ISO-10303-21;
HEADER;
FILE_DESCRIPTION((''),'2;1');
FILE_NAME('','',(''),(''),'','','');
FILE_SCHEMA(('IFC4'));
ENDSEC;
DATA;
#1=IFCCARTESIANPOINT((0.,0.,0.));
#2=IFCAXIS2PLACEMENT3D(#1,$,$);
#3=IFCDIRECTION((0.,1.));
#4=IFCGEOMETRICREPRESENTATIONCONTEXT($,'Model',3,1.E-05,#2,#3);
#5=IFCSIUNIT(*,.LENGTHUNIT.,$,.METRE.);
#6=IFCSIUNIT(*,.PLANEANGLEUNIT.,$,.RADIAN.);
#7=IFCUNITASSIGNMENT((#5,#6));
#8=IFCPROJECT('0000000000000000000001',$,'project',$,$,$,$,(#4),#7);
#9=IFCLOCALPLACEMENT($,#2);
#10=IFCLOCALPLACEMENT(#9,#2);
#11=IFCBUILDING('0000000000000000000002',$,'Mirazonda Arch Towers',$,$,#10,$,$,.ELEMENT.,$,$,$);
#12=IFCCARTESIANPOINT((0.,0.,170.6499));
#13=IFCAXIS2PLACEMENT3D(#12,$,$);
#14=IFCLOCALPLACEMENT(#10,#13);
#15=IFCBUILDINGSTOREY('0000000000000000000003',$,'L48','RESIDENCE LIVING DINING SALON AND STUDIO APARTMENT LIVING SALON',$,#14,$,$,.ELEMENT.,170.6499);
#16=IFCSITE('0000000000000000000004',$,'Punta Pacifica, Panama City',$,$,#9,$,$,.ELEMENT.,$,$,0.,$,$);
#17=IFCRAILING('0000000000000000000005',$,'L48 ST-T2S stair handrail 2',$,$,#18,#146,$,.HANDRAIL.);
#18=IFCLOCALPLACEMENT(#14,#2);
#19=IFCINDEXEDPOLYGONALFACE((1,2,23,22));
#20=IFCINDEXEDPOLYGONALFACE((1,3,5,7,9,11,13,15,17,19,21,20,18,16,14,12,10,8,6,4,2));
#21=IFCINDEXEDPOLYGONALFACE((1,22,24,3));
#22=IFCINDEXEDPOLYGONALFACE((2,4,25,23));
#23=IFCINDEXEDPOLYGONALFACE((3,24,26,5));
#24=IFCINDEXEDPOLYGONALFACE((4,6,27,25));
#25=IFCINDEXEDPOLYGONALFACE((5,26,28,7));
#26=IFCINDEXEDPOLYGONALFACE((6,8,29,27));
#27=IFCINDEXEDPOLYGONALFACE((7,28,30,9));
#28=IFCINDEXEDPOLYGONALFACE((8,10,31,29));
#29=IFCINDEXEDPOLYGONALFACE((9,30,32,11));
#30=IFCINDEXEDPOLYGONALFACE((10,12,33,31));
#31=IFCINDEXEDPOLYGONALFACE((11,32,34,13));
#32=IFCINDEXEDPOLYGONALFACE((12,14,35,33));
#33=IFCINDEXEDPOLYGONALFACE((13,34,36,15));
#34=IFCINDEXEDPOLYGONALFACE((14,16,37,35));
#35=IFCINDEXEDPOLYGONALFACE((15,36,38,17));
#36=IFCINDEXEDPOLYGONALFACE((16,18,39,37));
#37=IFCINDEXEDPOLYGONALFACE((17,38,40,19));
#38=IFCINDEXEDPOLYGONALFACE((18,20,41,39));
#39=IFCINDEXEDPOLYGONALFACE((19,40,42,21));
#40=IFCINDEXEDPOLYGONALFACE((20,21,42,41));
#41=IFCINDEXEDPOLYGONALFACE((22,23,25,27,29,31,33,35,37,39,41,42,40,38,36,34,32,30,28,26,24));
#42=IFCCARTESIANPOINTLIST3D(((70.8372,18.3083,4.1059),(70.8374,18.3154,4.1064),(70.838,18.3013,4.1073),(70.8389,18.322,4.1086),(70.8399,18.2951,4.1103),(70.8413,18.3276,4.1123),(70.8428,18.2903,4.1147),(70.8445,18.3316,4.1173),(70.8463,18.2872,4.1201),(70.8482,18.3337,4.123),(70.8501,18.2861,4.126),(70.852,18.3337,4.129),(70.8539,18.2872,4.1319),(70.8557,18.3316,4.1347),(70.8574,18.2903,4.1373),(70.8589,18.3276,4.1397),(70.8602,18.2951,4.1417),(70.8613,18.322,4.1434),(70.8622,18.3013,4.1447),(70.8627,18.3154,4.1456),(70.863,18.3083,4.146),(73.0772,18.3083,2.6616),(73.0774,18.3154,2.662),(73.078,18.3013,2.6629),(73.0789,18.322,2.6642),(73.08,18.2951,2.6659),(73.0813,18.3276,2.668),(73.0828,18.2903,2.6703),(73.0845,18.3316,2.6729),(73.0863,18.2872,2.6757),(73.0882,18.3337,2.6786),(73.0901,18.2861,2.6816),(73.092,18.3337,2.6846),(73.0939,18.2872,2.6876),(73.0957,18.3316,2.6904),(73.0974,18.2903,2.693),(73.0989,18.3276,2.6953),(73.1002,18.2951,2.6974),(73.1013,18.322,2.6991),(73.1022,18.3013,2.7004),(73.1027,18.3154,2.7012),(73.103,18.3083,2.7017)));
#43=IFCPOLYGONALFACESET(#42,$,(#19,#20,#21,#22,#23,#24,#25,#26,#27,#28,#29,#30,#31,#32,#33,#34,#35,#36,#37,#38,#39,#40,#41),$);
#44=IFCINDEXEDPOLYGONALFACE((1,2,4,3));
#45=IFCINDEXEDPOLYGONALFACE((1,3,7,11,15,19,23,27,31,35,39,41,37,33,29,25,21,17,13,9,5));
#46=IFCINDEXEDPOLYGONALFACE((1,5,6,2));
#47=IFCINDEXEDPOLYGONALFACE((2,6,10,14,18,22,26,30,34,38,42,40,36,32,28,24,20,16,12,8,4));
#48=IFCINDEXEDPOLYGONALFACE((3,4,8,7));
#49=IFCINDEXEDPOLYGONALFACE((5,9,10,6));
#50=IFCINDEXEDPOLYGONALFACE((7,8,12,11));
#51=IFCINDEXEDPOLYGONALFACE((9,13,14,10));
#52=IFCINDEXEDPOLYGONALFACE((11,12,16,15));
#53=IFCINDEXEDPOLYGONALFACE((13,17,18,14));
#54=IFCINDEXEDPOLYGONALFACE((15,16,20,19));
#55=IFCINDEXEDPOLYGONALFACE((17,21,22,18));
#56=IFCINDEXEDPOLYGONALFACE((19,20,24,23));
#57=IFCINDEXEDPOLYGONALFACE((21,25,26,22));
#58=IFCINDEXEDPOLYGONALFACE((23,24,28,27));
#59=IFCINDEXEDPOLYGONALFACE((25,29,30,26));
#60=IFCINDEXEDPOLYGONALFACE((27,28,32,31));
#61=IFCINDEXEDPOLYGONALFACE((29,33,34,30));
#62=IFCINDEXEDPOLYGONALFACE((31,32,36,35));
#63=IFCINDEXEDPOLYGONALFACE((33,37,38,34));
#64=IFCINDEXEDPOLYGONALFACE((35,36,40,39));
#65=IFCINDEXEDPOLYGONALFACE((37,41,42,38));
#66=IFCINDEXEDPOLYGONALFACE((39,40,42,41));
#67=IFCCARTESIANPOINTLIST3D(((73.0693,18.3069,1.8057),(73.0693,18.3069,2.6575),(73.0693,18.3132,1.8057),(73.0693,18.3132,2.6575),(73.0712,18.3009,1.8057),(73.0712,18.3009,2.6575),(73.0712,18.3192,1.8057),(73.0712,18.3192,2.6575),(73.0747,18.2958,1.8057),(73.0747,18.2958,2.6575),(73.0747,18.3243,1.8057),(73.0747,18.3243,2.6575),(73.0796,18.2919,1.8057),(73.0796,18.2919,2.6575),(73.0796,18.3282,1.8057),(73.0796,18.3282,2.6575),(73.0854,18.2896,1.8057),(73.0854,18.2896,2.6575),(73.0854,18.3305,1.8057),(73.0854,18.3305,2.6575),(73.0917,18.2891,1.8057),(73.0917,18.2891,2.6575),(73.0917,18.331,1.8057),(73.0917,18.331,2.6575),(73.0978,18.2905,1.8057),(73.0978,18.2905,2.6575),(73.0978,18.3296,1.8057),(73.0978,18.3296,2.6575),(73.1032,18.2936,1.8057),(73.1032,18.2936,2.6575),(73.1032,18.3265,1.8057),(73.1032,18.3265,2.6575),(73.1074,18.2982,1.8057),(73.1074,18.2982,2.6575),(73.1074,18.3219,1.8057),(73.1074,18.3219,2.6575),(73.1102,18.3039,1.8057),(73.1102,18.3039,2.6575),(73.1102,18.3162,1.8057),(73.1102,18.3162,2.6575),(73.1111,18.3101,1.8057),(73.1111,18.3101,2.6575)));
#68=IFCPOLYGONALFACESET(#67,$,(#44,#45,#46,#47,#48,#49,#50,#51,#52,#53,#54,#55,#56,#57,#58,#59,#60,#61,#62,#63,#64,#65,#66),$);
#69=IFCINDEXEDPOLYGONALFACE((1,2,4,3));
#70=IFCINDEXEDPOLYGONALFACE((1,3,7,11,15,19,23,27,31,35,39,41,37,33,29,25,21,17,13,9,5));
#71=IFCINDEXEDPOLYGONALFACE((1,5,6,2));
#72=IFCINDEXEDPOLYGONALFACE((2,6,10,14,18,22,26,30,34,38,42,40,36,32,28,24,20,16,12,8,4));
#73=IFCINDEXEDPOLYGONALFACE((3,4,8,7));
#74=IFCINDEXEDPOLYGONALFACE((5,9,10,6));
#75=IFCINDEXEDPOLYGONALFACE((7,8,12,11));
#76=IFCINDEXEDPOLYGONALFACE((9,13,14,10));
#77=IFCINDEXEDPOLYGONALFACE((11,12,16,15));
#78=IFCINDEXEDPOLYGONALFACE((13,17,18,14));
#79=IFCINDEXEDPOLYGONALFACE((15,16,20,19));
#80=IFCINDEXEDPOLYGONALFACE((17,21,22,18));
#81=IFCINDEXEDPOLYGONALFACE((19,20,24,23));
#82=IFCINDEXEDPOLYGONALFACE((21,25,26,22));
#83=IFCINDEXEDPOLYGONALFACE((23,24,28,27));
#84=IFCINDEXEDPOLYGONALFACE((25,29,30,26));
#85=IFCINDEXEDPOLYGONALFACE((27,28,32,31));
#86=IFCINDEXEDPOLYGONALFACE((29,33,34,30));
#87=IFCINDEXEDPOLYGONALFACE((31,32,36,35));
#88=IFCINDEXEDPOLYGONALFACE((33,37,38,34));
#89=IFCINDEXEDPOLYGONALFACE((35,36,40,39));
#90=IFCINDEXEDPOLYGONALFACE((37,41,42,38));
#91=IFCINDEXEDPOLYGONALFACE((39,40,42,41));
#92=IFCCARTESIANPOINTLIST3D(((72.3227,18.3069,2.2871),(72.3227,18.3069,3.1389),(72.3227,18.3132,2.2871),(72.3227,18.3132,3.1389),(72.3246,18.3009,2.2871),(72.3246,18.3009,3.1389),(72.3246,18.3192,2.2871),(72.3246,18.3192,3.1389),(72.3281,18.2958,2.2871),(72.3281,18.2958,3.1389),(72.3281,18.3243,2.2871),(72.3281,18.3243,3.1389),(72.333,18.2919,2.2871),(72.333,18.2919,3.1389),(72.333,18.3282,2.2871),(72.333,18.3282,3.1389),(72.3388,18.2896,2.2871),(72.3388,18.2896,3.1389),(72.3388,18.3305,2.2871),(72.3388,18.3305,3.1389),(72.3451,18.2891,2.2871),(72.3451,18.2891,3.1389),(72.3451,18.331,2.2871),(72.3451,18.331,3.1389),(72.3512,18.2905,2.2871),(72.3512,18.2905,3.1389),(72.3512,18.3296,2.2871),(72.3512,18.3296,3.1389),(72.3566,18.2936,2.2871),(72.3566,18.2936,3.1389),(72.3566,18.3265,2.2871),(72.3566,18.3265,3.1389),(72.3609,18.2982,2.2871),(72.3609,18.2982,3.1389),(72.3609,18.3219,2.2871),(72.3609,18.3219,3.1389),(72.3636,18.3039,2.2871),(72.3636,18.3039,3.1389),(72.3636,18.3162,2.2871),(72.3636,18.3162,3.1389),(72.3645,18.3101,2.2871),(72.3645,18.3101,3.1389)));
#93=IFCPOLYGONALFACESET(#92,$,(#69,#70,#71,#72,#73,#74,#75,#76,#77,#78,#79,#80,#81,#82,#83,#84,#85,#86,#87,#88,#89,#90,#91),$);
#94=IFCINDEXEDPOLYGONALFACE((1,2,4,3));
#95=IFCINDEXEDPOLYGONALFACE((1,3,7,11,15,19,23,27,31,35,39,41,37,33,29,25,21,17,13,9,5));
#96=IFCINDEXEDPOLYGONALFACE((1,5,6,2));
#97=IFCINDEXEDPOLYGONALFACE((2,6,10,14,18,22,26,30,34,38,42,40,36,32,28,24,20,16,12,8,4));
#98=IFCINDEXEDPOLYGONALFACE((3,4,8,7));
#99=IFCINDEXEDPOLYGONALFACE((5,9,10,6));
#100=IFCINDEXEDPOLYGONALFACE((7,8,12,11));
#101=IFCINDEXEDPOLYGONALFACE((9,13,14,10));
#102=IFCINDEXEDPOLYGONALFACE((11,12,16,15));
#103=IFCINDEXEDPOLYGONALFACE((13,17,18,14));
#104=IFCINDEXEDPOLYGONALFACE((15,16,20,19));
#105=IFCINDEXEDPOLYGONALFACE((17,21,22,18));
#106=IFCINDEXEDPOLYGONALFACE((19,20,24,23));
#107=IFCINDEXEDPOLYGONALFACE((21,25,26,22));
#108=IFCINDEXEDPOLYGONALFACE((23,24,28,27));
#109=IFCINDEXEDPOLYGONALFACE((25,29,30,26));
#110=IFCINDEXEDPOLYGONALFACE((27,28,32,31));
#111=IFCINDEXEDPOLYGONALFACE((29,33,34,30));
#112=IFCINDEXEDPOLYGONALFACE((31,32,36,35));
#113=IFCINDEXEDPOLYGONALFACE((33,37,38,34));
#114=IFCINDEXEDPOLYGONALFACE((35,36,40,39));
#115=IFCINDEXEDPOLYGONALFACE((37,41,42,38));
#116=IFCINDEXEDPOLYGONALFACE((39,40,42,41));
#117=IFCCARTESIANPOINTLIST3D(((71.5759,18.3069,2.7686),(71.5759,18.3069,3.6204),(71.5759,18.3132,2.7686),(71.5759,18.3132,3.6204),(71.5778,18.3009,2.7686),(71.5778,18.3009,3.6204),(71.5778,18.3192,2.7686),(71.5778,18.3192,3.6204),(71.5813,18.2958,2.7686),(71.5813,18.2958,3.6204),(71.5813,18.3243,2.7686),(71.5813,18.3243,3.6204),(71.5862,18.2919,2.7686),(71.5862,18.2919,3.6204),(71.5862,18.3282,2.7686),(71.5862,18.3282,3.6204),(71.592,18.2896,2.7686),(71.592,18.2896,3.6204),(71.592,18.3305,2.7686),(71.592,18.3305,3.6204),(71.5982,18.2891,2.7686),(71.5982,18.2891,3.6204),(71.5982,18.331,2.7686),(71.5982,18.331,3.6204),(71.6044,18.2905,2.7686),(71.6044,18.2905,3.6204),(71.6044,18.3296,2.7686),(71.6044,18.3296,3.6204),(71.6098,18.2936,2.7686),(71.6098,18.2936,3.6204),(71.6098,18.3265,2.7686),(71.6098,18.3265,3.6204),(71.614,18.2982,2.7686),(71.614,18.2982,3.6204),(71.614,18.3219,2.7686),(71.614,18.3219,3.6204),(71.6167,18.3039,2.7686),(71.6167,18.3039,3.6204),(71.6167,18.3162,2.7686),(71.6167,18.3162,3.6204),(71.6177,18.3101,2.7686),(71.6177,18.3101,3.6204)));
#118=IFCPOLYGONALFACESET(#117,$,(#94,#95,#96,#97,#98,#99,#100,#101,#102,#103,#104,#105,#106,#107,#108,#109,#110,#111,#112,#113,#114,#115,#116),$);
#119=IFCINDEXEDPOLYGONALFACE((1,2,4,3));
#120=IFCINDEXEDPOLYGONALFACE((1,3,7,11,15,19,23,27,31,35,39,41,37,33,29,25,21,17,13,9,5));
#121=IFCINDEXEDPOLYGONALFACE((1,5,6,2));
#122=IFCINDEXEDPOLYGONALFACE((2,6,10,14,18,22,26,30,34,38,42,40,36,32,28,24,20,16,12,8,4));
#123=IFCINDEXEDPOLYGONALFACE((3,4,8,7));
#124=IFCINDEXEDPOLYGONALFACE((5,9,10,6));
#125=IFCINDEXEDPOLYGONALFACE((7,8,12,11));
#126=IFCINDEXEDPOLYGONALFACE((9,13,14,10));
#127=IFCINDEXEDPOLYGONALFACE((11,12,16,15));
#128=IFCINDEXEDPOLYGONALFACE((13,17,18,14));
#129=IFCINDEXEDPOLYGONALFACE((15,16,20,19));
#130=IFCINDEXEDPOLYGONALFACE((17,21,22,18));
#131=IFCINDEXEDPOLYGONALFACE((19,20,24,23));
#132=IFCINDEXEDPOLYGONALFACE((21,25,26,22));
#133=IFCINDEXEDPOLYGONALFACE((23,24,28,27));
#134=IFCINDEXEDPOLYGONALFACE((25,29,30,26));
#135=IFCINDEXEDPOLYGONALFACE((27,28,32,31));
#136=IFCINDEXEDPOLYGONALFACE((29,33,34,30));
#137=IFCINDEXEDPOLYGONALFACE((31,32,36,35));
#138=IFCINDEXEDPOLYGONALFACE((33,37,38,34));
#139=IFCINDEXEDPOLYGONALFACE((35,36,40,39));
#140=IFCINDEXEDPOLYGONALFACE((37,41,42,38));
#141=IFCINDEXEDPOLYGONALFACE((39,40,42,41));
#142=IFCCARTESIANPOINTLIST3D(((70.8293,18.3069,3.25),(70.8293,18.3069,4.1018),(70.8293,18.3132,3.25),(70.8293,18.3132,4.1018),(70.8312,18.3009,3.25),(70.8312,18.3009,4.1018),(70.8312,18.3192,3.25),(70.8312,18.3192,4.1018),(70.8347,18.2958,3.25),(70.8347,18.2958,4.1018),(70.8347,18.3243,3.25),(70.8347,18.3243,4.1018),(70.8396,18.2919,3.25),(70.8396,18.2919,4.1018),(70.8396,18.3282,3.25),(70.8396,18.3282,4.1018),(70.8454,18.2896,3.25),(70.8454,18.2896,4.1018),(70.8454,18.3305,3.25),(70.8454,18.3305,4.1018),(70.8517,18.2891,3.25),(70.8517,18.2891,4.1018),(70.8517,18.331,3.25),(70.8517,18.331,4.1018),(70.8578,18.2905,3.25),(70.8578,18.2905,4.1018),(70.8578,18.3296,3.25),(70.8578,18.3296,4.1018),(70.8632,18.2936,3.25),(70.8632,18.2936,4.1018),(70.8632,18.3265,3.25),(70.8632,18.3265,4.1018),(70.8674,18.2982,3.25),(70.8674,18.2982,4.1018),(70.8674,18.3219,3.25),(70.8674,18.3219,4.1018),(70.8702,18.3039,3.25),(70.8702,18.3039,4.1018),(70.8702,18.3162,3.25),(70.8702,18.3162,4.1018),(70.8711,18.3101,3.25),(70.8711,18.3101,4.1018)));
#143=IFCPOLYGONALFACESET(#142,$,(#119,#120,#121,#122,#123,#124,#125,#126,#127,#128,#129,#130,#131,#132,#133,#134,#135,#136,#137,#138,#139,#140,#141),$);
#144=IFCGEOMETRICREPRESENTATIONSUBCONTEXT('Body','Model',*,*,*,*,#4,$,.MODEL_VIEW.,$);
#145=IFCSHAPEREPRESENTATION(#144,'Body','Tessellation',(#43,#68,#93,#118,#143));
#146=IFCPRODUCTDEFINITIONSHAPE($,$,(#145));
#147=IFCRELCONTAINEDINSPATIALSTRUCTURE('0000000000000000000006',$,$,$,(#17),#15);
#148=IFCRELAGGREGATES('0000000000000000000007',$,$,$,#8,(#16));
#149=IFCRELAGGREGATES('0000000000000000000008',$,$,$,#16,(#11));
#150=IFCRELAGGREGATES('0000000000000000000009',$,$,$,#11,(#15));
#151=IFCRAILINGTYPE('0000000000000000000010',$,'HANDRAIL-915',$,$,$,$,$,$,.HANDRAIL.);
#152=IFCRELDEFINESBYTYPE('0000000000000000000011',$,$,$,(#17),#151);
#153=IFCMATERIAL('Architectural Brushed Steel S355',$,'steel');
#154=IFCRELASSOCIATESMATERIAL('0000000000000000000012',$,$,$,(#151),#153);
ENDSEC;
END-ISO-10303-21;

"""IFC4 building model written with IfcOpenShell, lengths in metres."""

from ifc_helpers import new_model, si_unit, direction, frame, origin, origin_2d, place, context, subcontext, project, spatial, circle, extrude, material, type_object, element, save


model = new_model("IFC4")

# Units and contexts
model_context = context("Model", 3, precision=1e-05, world=origin(), true_north=direction((0.0, 1.0)))
body_context = subcontext(model_context, "Body", "Model", "MODEL_VIEW")
ifc_project = project(units=[si_unit("LENGTHUNIT", "METRE"), si_unit("PLANEANGLEUNIT", "RADIAN")], contexts=[model_context])

# Site, building, storey
site_placement = place(None, origin())
site = spatial("IfcSite", under=ifc_project, at=site_placement, Name="Punta Pacifica, Panama City", CompositionType="ELEMENT", RefElevation=0.0)
building_placement = place(site_placement, origin())
building = spatial("IfcBuilding", under=site, at=building_placement, Name="Mirazonda Arch Towers", CompositionType="ELEMENT")
storey_placement = place(building_placement, frame((0.0, 0.0, 170.6499)))
storey = spatial("IfcBuildingStorey", under=building, at=storey_placement, Name="L48", Description="RESIDENCE LIVING DINING SALON AND STUDIO APARTMENT LIVING SALON", CompositionType="ELEMENT", Elevation=170.6499)

# Shared definitions
ifc_material_1 = material(Name="Architectural Brushed Steel S355", Category="steel")

# Railing
railing_type_1 = type_object("IfcRailingType", Name="HANDRAIL-915", PredefinedType="HANDRAIL", material=ifc_material_1)
railing_1_placement = place(storey_placement, frame((73.0901, 18.3101, 1.8057)))
element("IfcRailing", 1, at=railing_1_placement, inside=storey, type_object=railing_type_1, Name="L48 ST-T2S stair handrail 2", PredefinedType="HANDRAIL", context=body_context, shape_type="SweptSolid", body=[
    extrude(circle(Radius=0.0239, at=origin_2d()), frame((0.0, 0.0, 0.876), z_axis=(-0.840437, 0.0, 0.54191), x_axis=(0.0, -1.0, 0.0)), (0.0, 0.0, 1.0), 2.6653),
    extrude(circle(Radius=0.021, at=origin_2d()), origin(), (0.0, 0.0, 1.0), 0.8518),
    extrude(circle(Radius=0.021, at=origin_2d()), frame((-0.7466, 0.0, 0.4814)), (0.0, 0.0, 1.0), 0.8518),
    extrude(circle(Radius=0.021, at=origin_2d()), frame((-1.4934, 0.0, 0.9629)), (0.0, 0.0, 1.0), 0.8518),
    extrude(circle(Radius=0.021, at=origin_2d()), frame((-2.24, 0.0, 1.4443)), (0.0, 0.0, 1.0), 0.8518),
])

save(model, "model.ifc")
